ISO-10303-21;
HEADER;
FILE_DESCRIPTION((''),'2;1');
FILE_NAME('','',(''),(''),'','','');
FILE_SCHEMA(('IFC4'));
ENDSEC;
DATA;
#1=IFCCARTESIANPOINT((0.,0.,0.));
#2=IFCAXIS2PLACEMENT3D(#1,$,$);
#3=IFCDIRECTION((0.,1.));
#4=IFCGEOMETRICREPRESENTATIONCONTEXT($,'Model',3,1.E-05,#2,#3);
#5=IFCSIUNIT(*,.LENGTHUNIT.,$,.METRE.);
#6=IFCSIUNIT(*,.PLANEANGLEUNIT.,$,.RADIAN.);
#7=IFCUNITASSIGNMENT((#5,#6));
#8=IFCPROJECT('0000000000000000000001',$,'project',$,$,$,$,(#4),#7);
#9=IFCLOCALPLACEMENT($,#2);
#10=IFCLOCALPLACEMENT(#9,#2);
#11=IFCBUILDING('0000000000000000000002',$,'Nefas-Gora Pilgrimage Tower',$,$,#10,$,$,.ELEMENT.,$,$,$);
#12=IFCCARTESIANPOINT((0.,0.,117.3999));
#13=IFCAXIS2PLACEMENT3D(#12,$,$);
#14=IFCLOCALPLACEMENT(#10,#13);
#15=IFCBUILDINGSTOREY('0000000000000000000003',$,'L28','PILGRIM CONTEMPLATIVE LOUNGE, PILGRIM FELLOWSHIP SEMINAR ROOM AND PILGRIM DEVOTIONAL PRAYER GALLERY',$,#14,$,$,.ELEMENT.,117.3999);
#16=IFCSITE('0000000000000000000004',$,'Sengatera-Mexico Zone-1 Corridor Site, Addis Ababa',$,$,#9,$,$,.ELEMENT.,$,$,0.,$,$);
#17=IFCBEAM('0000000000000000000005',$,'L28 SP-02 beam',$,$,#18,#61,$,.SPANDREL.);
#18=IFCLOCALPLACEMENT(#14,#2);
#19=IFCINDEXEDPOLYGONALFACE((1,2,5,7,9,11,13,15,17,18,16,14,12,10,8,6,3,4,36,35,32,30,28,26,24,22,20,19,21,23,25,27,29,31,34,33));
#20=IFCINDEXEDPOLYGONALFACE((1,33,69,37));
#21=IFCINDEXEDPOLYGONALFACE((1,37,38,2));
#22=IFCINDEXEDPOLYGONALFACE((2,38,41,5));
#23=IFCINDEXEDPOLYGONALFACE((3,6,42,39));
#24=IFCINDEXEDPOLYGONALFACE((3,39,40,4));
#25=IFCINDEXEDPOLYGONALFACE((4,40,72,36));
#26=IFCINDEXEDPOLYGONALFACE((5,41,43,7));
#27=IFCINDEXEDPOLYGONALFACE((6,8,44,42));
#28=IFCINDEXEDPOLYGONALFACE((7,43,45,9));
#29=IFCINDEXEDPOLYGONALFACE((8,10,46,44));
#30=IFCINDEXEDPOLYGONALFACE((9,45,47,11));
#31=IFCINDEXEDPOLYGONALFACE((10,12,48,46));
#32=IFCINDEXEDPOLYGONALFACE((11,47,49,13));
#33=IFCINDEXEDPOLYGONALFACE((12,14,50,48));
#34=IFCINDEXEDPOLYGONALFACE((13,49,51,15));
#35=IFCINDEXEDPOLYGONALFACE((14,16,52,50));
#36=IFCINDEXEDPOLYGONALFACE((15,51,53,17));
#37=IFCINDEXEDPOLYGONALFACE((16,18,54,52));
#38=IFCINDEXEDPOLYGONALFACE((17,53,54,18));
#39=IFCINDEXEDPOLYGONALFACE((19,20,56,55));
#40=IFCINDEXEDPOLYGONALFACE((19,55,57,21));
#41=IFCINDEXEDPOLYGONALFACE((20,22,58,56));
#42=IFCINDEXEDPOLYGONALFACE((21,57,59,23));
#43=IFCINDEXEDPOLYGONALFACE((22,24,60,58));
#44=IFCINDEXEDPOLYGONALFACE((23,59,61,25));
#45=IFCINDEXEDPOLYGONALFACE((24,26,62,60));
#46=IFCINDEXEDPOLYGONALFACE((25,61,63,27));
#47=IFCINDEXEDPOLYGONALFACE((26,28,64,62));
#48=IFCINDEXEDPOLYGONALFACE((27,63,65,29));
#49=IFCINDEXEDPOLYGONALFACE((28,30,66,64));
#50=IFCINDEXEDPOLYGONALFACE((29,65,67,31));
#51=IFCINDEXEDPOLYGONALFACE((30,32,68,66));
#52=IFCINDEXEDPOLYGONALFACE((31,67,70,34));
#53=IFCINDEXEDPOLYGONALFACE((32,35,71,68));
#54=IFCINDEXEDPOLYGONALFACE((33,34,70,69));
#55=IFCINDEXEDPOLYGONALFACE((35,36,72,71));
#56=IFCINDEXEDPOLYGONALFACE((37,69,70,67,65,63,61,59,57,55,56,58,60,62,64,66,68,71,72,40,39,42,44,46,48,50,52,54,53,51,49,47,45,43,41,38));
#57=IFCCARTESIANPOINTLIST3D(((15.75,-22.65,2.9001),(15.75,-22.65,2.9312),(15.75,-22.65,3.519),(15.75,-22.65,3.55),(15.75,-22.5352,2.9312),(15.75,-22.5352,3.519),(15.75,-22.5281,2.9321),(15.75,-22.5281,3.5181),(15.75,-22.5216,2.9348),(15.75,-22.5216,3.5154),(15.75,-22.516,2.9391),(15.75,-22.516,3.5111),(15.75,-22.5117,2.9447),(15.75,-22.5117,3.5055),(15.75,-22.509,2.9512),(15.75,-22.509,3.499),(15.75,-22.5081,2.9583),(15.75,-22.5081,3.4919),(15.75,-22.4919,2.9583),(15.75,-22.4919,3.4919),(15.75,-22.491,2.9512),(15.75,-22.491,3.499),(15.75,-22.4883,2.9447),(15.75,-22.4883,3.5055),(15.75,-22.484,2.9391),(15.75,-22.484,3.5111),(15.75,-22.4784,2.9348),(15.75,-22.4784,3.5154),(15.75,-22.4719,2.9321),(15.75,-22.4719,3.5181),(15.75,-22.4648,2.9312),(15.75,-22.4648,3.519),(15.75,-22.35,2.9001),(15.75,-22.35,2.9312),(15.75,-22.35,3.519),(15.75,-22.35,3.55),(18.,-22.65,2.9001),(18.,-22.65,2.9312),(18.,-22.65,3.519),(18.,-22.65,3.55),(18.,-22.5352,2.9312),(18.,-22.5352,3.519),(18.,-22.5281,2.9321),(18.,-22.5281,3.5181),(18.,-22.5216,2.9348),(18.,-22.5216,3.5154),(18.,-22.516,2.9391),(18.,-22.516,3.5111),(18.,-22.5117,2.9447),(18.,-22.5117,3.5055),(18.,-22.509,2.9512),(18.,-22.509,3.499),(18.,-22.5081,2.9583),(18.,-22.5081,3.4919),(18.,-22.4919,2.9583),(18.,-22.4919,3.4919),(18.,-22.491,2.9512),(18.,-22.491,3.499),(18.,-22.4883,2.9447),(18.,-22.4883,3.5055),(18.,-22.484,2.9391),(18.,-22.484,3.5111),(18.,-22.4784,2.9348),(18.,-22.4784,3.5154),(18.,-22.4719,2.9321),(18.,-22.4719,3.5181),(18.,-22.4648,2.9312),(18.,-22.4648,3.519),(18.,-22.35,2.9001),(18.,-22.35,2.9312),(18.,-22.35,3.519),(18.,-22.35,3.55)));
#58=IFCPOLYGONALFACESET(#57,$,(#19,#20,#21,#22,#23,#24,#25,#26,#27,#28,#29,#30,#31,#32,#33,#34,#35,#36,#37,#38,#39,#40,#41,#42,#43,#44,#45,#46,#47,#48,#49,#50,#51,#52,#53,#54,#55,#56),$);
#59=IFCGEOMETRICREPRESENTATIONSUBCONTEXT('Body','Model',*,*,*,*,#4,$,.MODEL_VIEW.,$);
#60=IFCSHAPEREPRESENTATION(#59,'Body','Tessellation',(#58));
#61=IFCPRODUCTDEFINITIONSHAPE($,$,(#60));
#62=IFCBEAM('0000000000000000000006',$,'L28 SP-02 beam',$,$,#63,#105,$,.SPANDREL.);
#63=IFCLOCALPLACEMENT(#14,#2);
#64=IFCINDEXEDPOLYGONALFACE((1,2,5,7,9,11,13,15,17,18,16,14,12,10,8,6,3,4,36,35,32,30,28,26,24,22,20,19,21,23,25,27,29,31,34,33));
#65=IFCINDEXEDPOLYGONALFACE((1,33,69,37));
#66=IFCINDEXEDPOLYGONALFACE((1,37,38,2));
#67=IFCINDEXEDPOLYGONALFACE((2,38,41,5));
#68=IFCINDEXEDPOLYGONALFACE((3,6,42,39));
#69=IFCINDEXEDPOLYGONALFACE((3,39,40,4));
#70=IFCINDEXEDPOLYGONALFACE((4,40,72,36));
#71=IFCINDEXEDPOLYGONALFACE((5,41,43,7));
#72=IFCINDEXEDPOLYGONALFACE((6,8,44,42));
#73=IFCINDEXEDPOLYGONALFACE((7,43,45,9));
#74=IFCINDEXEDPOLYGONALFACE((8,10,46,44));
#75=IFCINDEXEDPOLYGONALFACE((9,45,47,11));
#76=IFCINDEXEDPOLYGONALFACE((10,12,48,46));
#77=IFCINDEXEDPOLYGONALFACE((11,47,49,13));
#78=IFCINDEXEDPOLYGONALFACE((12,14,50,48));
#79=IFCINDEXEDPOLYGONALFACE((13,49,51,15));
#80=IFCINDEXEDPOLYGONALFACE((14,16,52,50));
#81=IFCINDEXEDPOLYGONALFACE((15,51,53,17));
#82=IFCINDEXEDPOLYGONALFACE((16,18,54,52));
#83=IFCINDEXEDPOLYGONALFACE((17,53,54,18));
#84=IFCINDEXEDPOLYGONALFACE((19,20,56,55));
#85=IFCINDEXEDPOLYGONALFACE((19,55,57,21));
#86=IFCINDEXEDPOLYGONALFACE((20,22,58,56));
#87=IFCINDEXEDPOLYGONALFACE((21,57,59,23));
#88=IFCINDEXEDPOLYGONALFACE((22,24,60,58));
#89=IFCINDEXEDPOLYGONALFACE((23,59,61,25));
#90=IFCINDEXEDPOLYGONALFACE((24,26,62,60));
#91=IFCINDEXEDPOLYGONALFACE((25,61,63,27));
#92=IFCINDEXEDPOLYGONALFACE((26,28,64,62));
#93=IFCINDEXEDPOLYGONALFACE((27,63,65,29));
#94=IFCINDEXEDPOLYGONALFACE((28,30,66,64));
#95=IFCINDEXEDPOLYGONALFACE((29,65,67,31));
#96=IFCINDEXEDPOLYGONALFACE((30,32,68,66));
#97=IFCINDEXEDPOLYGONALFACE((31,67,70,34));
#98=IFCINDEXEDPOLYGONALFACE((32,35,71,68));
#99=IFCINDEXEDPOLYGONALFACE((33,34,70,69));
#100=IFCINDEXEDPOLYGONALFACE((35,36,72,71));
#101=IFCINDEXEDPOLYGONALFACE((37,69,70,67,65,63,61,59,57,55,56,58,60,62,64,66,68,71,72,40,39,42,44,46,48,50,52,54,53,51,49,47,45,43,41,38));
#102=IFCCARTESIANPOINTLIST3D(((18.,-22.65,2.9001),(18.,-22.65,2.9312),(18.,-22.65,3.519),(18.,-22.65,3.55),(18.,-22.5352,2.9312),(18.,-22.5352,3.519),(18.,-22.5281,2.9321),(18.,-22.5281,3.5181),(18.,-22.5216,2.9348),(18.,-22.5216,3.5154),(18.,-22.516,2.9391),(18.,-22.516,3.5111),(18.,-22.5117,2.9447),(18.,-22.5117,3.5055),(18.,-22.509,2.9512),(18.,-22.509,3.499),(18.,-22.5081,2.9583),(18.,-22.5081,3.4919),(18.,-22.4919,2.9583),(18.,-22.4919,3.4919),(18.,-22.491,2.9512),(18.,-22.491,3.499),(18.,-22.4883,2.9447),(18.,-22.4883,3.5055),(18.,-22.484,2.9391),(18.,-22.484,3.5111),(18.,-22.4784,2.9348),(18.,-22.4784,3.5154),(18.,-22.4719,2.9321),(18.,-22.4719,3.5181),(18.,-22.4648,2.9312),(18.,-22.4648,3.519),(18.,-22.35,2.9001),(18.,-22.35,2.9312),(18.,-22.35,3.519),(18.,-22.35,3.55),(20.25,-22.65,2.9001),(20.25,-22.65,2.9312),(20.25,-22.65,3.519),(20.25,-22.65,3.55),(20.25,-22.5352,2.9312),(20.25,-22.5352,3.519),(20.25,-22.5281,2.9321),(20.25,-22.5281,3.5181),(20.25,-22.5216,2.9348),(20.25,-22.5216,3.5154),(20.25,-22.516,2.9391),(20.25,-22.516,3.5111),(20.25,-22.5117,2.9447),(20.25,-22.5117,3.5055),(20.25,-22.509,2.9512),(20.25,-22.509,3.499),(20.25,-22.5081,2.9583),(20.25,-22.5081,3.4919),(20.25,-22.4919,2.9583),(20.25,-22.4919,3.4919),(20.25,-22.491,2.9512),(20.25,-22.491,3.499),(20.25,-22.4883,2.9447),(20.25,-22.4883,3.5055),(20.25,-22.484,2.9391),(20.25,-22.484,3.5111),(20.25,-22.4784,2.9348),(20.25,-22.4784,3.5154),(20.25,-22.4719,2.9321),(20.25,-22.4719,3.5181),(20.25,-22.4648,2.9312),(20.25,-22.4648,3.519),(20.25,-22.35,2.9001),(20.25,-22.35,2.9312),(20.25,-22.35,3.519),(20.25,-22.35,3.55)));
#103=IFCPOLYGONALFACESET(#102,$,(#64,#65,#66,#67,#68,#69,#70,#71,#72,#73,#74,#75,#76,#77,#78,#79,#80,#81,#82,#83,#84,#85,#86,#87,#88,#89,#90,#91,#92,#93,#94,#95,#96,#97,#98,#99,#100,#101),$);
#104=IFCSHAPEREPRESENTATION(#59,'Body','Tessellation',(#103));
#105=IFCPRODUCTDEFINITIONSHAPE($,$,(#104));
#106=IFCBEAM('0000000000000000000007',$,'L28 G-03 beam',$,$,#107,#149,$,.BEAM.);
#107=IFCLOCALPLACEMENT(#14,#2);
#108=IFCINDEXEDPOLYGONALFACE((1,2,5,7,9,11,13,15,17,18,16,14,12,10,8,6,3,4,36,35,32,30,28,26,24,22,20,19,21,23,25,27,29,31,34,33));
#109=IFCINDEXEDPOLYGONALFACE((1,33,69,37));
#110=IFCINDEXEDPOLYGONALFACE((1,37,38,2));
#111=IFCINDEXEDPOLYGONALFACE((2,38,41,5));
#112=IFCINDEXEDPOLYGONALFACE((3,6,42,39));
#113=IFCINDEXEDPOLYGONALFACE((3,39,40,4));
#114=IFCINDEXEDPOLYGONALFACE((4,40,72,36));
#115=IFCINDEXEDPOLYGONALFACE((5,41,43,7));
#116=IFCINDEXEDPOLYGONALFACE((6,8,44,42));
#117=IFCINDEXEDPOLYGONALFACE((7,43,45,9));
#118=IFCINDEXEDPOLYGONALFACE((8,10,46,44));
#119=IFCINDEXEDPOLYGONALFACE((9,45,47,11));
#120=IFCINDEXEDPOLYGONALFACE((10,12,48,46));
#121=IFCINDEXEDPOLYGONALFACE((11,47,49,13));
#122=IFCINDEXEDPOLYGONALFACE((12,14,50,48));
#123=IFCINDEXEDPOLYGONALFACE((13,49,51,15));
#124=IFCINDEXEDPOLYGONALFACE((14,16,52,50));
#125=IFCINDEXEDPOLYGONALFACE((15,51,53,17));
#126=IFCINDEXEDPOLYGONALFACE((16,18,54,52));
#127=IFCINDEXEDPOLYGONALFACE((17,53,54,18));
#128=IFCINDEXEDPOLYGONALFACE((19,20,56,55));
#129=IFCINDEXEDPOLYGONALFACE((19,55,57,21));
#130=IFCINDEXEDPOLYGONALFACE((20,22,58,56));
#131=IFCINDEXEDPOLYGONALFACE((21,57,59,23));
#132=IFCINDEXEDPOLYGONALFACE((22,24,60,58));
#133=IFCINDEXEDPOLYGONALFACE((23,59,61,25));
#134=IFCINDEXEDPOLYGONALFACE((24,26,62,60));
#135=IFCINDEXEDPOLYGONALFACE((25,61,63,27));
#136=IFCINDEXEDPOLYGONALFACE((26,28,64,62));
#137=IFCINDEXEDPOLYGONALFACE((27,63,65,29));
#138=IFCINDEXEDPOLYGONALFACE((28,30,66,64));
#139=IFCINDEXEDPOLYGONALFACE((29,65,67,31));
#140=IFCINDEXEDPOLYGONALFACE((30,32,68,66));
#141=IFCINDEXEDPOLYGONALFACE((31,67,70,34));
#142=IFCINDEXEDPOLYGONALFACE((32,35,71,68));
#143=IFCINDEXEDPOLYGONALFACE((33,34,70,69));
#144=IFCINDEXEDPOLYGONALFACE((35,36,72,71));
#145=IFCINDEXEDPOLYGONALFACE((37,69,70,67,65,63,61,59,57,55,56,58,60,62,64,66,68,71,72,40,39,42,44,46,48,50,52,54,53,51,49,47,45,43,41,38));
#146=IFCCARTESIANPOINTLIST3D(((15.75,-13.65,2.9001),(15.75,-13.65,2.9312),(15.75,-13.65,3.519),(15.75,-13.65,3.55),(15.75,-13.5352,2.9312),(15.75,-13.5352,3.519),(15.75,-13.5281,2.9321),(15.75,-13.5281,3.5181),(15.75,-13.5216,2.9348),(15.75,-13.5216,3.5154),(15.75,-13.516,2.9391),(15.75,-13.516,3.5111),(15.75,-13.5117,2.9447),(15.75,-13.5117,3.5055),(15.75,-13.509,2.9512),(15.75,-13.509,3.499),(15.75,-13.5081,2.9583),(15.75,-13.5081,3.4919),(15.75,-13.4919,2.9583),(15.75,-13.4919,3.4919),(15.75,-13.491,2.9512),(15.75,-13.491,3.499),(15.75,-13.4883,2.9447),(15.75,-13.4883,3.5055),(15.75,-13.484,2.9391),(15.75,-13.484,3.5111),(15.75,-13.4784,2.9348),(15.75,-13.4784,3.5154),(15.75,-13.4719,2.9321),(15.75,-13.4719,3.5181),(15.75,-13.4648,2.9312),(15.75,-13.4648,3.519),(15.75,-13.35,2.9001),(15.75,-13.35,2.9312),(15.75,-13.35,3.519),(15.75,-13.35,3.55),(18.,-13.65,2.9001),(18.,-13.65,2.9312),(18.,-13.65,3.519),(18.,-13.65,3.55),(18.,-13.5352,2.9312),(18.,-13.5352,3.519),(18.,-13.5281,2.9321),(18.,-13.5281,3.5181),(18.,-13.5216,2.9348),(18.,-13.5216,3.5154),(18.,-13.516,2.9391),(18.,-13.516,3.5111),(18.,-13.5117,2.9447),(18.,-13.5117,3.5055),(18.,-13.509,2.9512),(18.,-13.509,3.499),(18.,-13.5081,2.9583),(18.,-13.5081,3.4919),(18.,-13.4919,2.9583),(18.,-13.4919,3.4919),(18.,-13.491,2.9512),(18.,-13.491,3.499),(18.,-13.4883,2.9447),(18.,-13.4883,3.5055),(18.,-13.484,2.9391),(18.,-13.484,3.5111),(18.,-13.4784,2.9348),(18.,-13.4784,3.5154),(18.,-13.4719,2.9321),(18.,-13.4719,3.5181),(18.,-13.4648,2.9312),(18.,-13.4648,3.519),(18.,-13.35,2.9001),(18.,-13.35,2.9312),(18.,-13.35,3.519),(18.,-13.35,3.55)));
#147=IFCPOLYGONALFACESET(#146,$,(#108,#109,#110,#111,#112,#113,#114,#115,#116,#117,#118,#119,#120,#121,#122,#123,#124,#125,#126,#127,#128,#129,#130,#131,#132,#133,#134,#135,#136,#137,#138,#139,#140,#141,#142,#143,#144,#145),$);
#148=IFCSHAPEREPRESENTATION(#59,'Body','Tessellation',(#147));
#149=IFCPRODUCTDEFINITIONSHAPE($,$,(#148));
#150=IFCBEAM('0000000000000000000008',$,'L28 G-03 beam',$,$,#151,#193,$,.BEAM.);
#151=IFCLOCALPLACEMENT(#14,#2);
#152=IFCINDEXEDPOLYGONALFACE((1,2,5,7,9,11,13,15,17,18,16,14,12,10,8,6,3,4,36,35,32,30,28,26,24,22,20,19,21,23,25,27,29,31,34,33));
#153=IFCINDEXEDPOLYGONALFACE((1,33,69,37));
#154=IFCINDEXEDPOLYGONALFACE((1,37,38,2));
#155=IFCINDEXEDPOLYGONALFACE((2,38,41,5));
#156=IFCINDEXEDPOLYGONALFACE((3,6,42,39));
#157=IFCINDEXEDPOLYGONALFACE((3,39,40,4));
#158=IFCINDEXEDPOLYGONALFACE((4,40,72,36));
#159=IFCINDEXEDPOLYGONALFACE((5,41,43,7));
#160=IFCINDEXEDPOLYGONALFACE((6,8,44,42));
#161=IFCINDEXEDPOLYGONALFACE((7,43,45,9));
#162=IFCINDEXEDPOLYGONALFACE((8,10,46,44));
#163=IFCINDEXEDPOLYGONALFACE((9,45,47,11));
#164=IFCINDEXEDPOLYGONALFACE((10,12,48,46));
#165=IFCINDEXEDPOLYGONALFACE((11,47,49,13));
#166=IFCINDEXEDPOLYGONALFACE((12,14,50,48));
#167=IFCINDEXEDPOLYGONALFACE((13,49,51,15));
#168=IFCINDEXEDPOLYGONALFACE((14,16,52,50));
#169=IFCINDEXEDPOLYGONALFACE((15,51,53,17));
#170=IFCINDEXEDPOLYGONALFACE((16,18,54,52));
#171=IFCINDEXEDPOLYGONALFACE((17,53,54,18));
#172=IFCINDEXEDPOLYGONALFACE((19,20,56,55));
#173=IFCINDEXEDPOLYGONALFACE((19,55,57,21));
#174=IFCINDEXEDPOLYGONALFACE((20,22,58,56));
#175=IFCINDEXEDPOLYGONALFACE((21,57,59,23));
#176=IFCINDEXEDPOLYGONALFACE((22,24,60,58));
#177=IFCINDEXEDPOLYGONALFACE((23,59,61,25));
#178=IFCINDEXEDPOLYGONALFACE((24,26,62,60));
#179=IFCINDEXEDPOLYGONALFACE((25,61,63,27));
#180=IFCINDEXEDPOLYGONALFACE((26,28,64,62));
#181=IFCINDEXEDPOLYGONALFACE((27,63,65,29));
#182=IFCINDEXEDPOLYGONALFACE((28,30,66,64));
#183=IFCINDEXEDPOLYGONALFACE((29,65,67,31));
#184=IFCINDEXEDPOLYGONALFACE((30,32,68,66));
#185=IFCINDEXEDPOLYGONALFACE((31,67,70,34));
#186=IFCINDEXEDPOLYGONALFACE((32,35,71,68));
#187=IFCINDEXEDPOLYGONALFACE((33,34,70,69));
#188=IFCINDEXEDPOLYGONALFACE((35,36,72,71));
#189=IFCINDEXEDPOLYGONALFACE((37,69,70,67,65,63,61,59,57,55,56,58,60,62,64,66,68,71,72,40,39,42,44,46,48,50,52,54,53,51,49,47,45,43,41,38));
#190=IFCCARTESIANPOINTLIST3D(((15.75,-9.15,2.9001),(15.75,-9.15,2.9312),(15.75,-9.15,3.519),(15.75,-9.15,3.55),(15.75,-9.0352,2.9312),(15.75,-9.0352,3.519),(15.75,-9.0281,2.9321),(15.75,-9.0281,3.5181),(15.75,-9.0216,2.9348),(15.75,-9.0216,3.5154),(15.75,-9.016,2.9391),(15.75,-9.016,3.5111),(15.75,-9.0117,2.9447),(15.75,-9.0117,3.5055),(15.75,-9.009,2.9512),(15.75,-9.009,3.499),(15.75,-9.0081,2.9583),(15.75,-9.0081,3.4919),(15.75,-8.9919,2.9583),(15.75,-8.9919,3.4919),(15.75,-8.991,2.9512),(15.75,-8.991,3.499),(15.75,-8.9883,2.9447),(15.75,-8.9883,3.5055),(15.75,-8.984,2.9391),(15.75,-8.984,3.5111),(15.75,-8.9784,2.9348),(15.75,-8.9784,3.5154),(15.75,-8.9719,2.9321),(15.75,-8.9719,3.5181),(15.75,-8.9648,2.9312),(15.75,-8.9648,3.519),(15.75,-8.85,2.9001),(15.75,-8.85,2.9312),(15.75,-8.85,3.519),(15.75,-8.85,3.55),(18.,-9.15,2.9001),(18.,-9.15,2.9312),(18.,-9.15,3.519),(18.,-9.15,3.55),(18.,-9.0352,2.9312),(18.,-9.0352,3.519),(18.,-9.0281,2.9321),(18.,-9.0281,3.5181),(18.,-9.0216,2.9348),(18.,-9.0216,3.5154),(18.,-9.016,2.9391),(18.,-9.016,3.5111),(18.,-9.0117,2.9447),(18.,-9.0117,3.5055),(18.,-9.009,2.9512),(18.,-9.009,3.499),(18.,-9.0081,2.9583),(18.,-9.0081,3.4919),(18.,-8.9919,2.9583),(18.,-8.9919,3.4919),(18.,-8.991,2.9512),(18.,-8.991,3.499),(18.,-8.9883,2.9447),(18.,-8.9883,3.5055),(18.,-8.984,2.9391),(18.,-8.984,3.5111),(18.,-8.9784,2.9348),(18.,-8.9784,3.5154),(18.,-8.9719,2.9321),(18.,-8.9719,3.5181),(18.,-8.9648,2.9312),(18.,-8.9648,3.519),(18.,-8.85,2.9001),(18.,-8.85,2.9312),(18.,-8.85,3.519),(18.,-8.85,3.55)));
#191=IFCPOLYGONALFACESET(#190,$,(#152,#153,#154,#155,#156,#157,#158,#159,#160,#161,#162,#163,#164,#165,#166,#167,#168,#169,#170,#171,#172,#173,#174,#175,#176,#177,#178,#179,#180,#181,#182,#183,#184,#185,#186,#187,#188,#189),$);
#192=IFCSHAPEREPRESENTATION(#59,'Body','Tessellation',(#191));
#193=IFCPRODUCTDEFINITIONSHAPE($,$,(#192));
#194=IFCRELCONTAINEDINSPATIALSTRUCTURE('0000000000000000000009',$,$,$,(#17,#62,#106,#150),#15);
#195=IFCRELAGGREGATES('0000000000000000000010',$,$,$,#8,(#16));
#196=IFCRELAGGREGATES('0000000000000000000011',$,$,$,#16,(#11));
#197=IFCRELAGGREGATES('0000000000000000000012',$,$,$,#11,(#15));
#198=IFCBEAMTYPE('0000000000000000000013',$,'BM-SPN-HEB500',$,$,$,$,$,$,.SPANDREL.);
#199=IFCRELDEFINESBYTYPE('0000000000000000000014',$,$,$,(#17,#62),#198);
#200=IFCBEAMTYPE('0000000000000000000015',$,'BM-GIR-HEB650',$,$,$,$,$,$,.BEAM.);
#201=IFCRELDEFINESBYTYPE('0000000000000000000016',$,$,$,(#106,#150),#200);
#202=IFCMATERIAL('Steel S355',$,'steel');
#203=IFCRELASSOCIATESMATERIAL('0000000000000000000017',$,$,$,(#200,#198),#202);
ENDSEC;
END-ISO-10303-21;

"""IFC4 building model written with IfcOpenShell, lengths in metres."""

from ifc_helpers import new_model, si_unit, direction, frame, origin, origin_2d, place, context, subcontext, project, spatial, i_section, extrude, source, transform, mapped, material, material_profile, profile_set, type_object, element, save


model = new_model("IFC4")

# Units and contexts
model_context = context("Model", 3, precision=1e-05, world=origin(), true_north=direction((0.0, 1.0)))
body_context = subcontext(model_context, "Body", "Model", "MODEL_VIEW")
ifc_project = project(units=[si_unit("LENGTHUNIT", "METRE"), si_unit("PLANEANGLEUNIT", "RADIAN")], contexts=[model_context])

# Site, building, storey
site_placement = place(None, origin())
site = spatial("IfcSite", under=ifc_project, at=site_placement, Name="Sengatera-Mexico Zone-1 Corridor Site, Addis Ababa", CompositionType="ELEMENT", RefElevation=0.0)
building_placement = place(site_placement, origin())
building = spatial("IfcBuilding", under=site, at=building_placement, Name="Nefas-Gora Pilgrimage Tower", CompositionType="ELEMENT")
storey_placement = place(building_placement, frame((0.0, 0.0, 117.3999)))
storey = spatial("IfcBuildingStorey", under=building, at=storey_placement, Name="L28", Description="PILGRIM CONTEMPLATIVE LOUNGE, PILGRIM FELLOWSHIP SEMINAR ROOM AND PILGRIM DEVOTIONAL PRAYER GALLERY", CompositionType="ELEMENT", Elevation=117.3999)

# Beams
ifc_material_1 = material(Name="Steel S355", Category="steel")
ifc_material_profile_1 = material_profile(ifc_material_1, i_section(OverallWidth=0.3, OverallDepth=0.6499, WebThickness=0.0161, FlangeThickness=0.031, FilletRadius=0.0271, at=origin_2d()), Name="HEB 650")
ifc_profile_set_1 = profile_set([ifc_material_profile_1], Name="Steel S355")
beam_type_1 = type_object("IfcBeamType", Name="BM-GIR-HEB650", PredefinedType="BEAM", material=ifc_profile_set_1)
ifc_material_profile_2 = material_profile(ifc_material_1, i_section(OverallWidth=0.3, OverallDepth=0.6499, WebThickness=0.0161, FlangeThickness=0.031, FilletRadius=0.0271, at=origin_2d()), Name="HEB 650")
ifc_profile_set_2 = profile_set([ifc_material_profile_2], Name="Steel S355")
beam_type_2 = type_object("IfcBeamType", Name="BM-SPN-HEB500", PredefinedType="SPANDREL", material=ifc_profile_set_2)
shared_shape_1 = source(origin(), body_context, "Body", "SweptSolid", [
    extrude(i_section(OverallWidth=0.3, OverallDepth=0.6499, WebThickness=0.0161, FlangeThickness=0.031, FilletRadius=0.0271, at=origin_2d()), origin(), (0.0, 0.0, 1.0), 2.25),
])
for number, where, z_axis, x_axis, name in (
    (1, (15.75, -22.5, 3.2251), (1.0, 0.0, 0.0), (0.0, 1.0, 0.0), "L28 SP-02 beam"),
    (2, (18.0, -22.5, 3.2251), (1.0, 0.0, 0.0), (0.0, 1.0, 0.0), "L28 SP-02 beam"),
):
    element("IfcBeam", number, at=place(storey_placement, frame(where, z_axis=z_axis, x_axis=x_axis)), inside=storey, type_object=beam_type_2, Name=name, PredefinedType="SPANDREL", context=body_context, shape_type="MappedRepresentation", body=[
        mapped(shared_shape_1, transform((0.0, 0.0, 0.0), x_axis=(1.0, 0.0, 0.0), y_axis=(0.0, 1.0, 0.0), z_axis=(0.0, 0.0, 1.0), scale=1.0)),
    ])
shared_shape_2 = source(origin(), body_context, "Body", "SweptSolid", [
    extrude(i_section(OverallWidth=0.3, OverallDepth=0.6499, WebThickness=0.0161, FlangeThickness=0.031, FilletRadius=0.0271, at=origin_2d()), origin(), (0.0, 0.0, 1.0), 2.25),
])
for number, where, z_axis, x_axis, name in (
    (3, (15.75, -13.5, 3.2251), (1.0, 0.0, 0.0), (0.0, 1.0, 0.0), "L28 G-03 beam"),
    (4, (15.75, -9.0, 3.2251), (1.0, 0.0, 0.0), (0.0, 1.0, 0.0), "L28 G-03 beam"),
):
    element("IfcBeam", number, at=place(storey_placement, frame(where, z_axis=z_axis, x_axis=x_axis)), inside=storey, type_object=beam_type_1, Name=name, PredefinedType="BEAM", context=body_context, shape_type="MappedRepresentation", body=[
        mapped(shared_shape_2, transform((0.0, 0.0, 0.0), x_axis=(1.0, 0.0, 0.0), y_axis=(0.0, 1.0, 0.0), z_axis=(0.0, 0.0, 1.0), scale=1.0)),
    ])

save(model, "model.ifc")
